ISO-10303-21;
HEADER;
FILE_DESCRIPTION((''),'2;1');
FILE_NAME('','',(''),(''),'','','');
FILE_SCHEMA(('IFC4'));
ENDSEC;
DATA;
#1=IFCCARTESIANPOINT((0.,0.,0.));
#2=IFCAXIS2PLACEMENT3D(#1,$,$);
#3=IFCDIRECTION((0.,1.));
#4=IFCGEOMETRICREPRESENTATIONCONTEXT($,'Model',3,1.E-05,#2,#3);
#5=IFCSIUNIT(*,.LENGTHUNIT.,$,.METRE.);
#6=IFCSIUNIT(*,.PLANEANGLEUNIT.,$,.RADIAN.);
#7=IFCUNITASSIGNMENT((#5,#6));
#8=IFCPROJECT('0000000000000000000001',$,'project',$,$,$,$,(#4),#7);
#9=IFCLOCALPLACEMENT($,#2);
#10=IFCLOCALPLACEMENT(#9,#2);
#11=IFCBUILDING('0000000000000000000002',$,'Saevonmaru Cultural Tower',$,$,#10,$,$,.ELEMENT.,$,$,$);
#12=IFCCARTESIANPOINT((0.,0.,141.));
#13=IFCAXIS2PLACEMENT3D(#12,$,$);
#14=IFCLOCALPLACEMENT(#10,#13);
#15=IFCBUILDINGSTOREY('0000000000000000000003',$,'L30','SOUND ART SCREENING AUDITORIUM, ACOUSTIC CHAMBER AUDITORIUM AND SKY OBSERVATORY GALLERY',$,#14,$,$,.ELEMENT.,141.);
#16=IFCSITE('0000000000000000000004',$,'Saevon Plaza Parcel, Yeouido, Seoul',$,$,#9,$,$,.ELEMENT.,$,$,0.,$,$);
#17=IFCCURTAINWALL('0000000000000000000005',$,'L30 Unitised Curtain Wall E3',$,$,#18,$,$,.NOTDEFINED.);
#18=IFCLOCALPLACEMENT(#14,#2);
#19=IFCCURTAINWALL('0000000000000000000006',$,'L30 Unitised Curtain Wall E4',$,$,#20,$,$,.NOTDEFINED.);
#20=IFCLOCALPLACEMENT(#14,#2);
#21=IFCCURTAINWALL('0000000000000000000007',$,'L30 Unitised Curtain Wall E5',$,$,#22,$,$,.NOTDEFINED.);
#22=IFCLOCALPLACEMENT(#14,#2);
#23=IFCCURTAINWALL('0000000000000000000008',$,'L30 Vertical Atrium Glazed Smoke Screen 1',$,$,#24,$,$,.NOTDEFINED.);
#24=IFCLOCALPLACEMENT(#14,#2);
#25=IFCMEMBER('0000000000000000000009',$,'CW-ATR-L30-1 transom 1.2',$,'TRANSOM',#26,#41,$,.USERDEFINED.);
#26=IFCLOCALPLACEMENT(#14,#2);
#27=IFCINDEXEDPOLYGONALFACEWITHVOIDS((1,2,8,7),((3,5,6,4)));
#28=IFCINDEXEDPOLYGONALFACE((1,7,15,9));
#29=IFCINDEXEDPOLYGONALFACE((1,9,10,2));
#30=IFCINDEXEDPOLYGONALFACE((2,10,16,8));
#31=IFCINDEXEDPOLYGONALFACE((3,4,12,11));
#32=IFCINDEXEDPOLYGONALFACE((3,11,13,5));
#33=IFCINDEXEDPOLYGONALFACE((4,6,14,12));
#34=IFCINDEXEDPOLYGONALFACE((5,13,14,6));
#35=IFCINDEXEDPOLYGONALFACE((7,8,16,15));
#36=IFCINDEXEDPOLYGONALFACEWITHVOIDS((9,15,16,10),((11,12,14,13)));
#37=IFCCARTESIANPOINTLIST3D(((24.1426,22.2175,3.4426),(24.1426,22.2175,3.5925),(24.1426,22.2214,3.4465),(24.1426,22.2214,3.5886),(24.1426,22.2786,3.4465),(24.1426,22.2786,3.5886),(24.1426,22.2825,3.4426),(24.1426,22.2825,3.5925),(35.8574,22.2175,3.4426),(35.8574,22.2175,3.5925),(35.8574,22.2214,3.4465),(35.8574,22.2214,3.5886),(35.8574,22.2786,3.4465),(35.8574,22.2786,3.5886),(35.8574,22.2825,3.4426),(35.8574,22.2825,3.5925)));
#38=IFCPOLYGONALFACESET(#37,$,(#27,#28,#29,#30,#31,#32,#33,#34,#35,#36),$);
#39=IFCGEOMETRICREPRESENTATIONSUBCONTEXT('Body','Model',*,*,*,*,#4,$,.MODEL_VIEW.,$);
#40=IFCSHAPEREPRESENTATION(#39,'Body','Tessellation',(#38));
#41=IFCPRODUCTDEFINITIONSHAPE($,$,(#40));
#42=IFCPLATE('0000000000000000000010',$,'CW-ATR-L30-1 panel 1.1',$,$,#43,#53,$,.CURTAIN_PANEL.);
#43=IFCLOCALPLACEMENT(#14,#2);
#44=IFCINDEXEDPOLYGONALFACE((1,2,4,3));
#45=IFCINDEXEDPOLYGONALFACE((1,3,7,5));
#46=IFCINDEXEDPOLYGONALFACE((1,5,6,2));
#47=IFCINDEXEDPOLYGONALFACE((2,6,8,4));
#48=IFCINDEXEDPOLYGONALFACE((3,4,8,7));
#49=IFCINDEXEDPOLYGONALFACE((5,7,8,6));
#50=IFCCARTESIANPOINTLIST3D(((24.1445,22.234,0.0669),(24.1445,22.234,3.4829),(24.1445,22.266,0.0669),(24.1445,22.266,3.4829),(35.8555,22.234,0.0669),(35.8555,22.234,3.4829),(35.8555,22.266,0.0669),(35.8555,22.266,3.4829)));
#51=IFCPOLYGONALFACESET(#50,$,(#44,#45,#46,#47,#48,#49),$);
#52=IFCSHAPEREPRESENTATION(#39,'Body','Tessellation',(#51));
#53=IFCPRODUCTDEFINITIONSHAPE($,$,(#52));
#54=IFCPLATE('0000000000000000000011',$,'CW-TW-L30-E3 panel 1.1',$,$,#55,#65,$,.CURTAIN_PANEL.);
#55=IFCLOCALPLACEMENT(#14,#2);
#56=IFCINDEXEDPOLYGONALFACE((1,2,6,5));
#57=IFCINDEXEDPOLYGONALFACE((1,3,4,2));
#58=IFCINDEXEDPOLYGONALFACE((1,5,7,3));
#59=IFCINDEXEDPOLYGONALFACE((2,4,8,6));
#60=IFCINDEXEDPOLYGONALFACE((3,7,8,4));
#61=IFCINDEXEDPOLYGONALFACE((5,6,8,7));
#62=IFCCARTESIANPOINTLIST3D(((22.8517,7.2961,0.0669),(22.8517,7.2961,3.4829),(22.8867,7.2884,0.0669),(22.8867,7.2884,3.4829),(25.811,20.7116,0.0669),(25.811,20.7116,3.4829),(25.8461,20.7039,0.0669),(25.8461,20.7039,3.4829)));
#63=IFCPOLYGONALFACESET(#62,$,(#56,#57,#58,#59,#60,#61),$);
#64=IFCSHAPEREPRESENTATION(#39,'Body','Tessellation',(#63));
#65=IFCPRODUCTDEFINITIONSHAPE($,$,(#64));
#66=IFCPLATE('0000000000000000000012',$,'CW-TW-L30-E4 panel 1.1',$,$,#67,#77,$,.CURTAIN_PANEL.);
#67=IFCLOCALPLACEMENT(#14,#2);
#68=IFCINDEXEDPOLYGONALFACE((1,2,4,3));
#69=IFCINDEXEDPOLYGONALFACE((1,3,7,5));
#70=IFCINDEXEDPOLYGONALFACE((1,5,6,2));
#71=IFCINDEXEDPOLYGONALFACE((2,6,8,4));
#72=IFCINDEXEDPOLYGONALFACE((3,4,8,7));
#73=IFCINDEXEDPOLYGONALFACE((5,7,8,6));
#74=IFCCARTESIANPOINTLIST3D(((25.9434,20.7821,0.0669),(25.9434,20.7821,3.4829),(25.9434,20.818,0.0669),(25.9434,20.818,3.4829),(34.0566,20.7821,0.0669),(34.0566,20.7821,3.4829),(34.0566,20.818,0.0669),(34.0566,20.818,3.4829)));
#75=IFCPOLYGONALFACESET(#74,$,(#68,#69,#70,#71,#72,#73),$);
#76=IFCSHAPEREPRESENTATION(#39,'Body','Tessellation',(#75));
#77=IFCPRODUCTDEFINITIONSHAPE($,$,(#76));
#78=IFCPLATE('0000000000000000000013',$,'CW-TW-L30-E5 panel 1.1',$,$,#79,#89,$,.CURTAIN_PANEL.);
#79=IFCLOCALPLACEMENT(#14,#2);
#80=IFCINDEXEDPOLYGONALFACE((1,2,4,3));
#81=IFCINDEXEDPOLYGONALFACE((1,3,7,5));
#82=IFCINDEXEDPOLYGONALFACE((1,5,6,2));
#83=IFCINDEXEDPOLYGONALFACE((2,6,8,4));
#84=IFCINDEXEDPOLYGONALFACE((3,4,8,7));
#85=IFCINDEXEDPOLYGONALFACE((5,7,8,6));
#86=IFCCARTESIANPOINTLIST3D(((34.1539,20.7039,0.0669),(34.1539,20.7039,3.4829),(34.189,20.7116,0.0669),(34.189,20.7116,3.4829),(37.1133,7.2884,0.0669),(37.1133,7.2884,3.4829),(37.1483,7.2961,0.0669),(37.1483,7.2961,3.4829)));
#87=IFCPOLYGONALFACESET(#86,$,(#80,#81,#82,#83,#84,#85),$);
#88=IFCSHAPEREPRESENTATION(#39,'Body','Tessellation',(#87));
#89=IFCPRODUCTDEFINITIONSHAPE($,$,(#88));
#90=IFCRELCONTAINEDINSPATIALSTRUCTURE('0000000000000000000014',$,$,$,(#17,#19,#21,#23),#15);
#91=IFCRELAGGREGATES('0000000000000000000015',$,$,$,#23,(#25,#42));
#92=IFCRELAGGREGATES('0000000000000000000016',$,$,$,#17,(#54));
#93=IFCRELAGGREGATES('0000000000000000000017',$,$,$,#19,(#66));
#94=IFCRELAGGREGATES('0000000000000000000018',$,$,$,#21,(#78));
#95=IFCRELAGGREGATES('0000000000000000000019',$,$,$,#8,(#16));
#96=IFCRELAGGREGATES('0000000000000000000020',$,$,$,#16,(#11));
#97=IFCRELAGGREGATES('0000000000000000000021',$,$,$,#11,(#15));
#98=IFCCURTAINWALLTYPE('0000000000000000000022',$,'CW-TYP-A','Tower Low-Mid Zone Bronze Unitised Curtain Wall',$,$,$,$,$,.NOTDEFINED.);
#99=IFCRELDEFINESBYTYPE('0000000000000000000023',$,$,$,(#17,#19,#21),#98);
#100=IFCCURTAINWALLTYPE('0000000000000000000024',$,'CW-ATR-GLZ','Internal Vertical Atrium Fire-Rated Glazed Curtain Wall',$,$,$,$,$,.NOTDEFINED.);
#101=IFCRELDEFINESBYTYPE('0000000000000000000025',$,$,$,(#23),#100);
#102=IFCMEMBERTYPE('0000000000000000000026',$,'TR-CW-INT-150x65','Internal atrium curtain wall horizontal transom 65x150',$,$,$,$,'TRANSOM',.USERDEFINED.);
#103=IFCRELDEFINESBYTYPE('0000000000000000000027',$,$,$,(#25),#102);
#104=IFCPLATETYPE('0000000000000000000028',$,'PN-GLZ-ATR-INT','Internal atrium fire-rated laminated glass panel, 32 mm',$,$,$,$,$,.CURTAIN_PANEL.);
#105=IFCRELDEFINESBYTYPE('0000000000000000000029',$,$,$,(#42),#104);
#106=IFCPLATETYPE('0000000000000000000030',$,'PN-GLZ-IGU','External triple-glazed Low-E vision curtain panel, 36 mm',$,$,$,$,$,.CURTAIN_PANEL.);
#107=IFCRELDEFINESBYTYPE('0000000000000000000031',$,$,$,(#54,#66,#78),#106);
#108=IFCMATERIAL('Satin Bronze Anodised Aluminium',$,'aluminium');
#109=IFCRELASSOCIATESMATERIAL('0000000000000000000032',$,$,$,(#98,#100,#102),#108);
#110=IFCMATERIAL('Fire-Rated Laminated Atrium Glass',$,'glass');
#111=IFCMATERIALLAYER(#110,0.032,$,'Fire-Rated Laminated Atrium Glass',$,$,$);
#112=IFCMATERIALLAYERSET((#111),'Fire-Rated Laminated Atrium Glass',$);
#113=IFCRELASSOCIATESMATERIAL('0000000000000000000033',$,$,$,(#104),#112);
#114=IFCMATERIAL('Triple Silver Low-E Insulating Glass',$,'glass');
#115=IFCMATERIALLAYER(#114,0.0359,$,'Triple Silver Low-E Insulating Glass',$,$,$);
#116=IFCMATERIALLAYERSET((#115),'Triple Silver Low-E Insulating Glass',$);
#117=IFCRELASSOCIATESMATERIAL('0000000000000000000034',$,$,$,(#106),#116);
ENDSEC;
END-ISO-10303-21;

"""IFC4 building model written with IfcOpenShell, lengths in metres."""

from ifc_helpers import new_model, si_unit, direction, frame, origin, origin_2d, place, context, subcontext, project, spatial, rectangle, hollow_rectangle, extrude, material, layer, layer_set, material_profile, profile_set, type_object, element, aggregate, save


model = new_model("IFC4")

# Units and contexts
model_context = context("Model", 3, precision=1e-05, world=origin(), true_north=direction((0.0, 1.0)))
body_context = subcontext(model_context, "Body", "Model", "MODEL_VIEW")
ifc_project = project(units=[si_unit("LENGTHUNIT", "METRE"), si_unit("PLANEANGLEUNIT", "RADIAN")], contexts=[model_context])

# Site, building, storey
site_placement = place(None, origin())
site = spatial("IfcSite", under=ifc_project, at=site_placement, Name="Saevon Plaza Parcel, Yeouido, Seoul", CompositionType="ELEMENT", RefElevation=0.0)
building_placement = place(site_placement, origin())
building = spatial("IfcBuilding", under=site, at=building_placement, Name="Saevonmaru Cultural Tower", CompositionType="ELEMENT")
storey_placement = place(building_placement, frame((0.0, 0.0, 141.0)))
storey = spatial("IfcBuildingStorey", under=building, at=storey_placement, Name="L30", Description="SOUND ART SCREENING AUDITORIUM, ACOUSTIC CHAMBER AUDITORIUM AND SKY OBSERVATORY GALLERY", CompositionType="ELEMENT", Elevation=141.0)

# Curtain wall
ifc_material_1 = material(Name="Satin Bronze Anodised Aluminium", Category="aluminium")
curtain_wall_type_1 = type_object("IfcCurtainWallType", Name="CW-TYP-A", Description="Tower Low-Mid Zone Bronze Unitised Curtain Wall", PredefinedType="NOTDEFINED", material=ifc_material_1)
curtain_wall_1_placement = place(storey_placement, origin())
curtain_wall_1 = element("IfcCurtainWall", 1, at=curtain_wall_1_placement, inside=storey, type_object=curtain_wall_type_1, Name="L30 Unitised Curtain Wall E3", PredefinedType="NOTDEFINED")

# Curtain walls
curtain_wall_2_placement = place(storey_placement, origin())
curtain_wall_2 = element("IfcCurtainWall", 2, at=curtain_wall_2_placement, inside=storey, type_object=curtain_wall_type_1, Name="L30 Unitised Curtain Wall E4", PredefinedType="NOTDEFINED")
curtain_wall_3_placement = place(storey_placement, origin())
curtain_wall_3 = element("IfcCurtainWall", 3, at=curtain_wall_3_placement, inside=storey, type_object=curtain_wall_type_1, Name="L30 Unitised Curtain Wall E5", PredefinedType="NOTDEFINED")

# Curtain wall, member, plate
curtain_wall_type_2 = type_object("IfcCurtainWallType", Name="CW-ATR-GLZ", Description="Internal Vertical Atrium Fire-Rated Glazed Curtain Wall", PredefinedType="NOTDEFINED", material=ifc_material_1)
curtain_wall_4_placement = place(storey_placement, origin())
curtain_wall_4 = element("IfcCurtainWall", 4, at=curtain_wall_4_placement, inside=storey, type_object=curtain_wall_type_2, Name="L30 Vertical Atrium Glazed Smoke Screen 1", PredefinedType="NOTDEFINED")
ifc_material_profile_1 = material_profile(ifc_material_1, hollow_rectangle(XDim=0.0649, YDim=0.1499, WallThickness=0.0039, at=origin_2d()), Name="ALU-TRAN-150x65x4")
ifc_profile_set_1 = profile_set([ifc_material_profile_1], Name="Satin Bronze Anodised Aluminium")
member_type_1 = type_object("IfcMemberType", Name="TR-CW-INT-150x65", Description="Internal atrium curtain wall horizontal transom 65x150", ElementType="TRANSOM", PredefinedType="USERDEFINED", material=ifc_profile_set_1)
member_1_placement = place(storey_placement, frame((24.1426, 22.25, 3.5176), z_axis=(1.0, 0.0, 0.0), x_axis=(0.0, 1.0, 0.0)))
member_1 = element("IfcMember", 5, at=member_1_placement, type_object=member_type_1, Name="CW-ATR-L30-1 transom 1.2", ObjectType="TRANSOM", PredefinedType="USERDEFINED", context=body_context, shape_type="SweptSolid", body=[
    extrude(hollow_rectangle(XDim=0.0649, YDim=0.1499, WallThickness=0.0039, at=origin_2d()), origin(), (0.0, 0.0, 1.0), 11.7148),
])
ifc_material_2 = material(Name="Fire-Rated Laminated Atrium Glass", Category="glass")
ifc_layer_1 = layer(ifc_material_2, 0.032, Name="Fire-Rated Laminated Atrium Glass")
ifc_layer_set_1 = layer_set([ifc_layer_1], Name="Fire-Rated Laminated Atrium Glass")
plate_type_1 = type_object("IfcPlateType", Name="PN-GLZ-ATR-INT", Description="Internal atrium fire-rated laminated glass panel, 32 mm", PredefinedType="CURTAIN_PANEL", material=ifc_layer_set_1)
plate_1_placement = place(storey_placement, frame((30.0, 22.25, 0.0669), z_axis=(0.0, 0.0, 1.0), x_axis=(1.0, 0.0, 0.0)))
plate_1 = element("IfcPlate", 6, at=plate_1_placement, type_object=plate_type_1, Name="CW-ATR-L30-1 panel 1.1", PredefinedType="CURTAIN_PANEL", context=body_context, shape_type="SweptSolid", body=[
    extrude(rectangle(XDim=11.7109, YDim=0.032, at=origin_2d()), origin(), (0.0, 0.0, 1.0), 3.416),
])
aggregate(curtain_wall_4, [member_1, plate_1])

# Plates
ifc_material_3 = material(Name="Triple Silver Low-E Insulating Glass", Category="glass")
ifc_layer_2 = layer(ifc_material_3, 0.0359, Name="Triple Silver Low-E Insulating Glass")
ifc_layer_set_2 = layer_set([ifc_layer_2], Name="Triple Silver Low-E Insulating Glass")
plate_type_2 = type_object("IfcPlateType", Name="PN-GLZ-IGU", Description="External triple-glazed Low-E vision curtain panel, 36 mm", PredefinedType="CURTAIN_PANEL", material=ifc_layer_set_2)
plate_2_placement = place(storey_placement, frame((24.3489, 14.0, 0.0669), z_axis=(0.0, 0.0, 1.0), x_axis=(0.215413, 0.976523, 0.0)))
plate_2 = element("IfcPlate", 7, at=plate_2_placement, type_object=plate_type_2, Name="CW-TW-L30-E3 panel 1.1", PredefinedType="CURTAIN_PANEL", context=body_context, shape_type="SweptSolid", body=[
    extrude(rectangle(XDim=13.738, YDim=0.0359, at=origin_2d()), origin(), (0.0, 0.0, 1.0), 3.416),
])
aggregate(curtain_wall_1, [plate_2])
plate_3_placement = place(storey_placement, frame((30.0, 20.8, 0.0669), z_axis=(0.0, 0.0, 1.0), x_axis=(1.0, 0.0, 0.0)))
plate_3 = element("IfcPlate", 8, at=plate_3_placement, type_object=plate_type_2, Name="CW-TW-L30-E4 panel 1.1", PredefinedType="CURTAIN_PANEL", context=body_context, shape_type="SweptSolid", body=[
    extrude(rectangle(XDim=8.1133, YDim=0.0359, at=origin_2d()), origin(), (0.0, 0.0, 1.0), 3.416),
])
aggregate(curtain_wall_2, [plate_3])
plate_4_placement = place(storey_placement, frame((35.6511, 14.0, 0.0669), z_axis=(0.0, 0.0, 1.0), x_axis=(0.215413, -0.976523, 0.0)))
plate_4 = element("IfcPlate", 9, at=plate_4_placement, type_object=plate_type_2, Name="CW-TW-L30-E5 panel 1.1", PredefinedType="CURTAIN_PANEL", context=body_context, shape_type="SweptSolid", body=[
    extrude(rectangle(XDim=13.738, YDim=0.0359, at=origin_2d()), origin(), (0.0, 0.0, 1.0), 3.416),
])
aggregate(curtain_wall_3, [plate_4])

save(model, "model.ifc")
